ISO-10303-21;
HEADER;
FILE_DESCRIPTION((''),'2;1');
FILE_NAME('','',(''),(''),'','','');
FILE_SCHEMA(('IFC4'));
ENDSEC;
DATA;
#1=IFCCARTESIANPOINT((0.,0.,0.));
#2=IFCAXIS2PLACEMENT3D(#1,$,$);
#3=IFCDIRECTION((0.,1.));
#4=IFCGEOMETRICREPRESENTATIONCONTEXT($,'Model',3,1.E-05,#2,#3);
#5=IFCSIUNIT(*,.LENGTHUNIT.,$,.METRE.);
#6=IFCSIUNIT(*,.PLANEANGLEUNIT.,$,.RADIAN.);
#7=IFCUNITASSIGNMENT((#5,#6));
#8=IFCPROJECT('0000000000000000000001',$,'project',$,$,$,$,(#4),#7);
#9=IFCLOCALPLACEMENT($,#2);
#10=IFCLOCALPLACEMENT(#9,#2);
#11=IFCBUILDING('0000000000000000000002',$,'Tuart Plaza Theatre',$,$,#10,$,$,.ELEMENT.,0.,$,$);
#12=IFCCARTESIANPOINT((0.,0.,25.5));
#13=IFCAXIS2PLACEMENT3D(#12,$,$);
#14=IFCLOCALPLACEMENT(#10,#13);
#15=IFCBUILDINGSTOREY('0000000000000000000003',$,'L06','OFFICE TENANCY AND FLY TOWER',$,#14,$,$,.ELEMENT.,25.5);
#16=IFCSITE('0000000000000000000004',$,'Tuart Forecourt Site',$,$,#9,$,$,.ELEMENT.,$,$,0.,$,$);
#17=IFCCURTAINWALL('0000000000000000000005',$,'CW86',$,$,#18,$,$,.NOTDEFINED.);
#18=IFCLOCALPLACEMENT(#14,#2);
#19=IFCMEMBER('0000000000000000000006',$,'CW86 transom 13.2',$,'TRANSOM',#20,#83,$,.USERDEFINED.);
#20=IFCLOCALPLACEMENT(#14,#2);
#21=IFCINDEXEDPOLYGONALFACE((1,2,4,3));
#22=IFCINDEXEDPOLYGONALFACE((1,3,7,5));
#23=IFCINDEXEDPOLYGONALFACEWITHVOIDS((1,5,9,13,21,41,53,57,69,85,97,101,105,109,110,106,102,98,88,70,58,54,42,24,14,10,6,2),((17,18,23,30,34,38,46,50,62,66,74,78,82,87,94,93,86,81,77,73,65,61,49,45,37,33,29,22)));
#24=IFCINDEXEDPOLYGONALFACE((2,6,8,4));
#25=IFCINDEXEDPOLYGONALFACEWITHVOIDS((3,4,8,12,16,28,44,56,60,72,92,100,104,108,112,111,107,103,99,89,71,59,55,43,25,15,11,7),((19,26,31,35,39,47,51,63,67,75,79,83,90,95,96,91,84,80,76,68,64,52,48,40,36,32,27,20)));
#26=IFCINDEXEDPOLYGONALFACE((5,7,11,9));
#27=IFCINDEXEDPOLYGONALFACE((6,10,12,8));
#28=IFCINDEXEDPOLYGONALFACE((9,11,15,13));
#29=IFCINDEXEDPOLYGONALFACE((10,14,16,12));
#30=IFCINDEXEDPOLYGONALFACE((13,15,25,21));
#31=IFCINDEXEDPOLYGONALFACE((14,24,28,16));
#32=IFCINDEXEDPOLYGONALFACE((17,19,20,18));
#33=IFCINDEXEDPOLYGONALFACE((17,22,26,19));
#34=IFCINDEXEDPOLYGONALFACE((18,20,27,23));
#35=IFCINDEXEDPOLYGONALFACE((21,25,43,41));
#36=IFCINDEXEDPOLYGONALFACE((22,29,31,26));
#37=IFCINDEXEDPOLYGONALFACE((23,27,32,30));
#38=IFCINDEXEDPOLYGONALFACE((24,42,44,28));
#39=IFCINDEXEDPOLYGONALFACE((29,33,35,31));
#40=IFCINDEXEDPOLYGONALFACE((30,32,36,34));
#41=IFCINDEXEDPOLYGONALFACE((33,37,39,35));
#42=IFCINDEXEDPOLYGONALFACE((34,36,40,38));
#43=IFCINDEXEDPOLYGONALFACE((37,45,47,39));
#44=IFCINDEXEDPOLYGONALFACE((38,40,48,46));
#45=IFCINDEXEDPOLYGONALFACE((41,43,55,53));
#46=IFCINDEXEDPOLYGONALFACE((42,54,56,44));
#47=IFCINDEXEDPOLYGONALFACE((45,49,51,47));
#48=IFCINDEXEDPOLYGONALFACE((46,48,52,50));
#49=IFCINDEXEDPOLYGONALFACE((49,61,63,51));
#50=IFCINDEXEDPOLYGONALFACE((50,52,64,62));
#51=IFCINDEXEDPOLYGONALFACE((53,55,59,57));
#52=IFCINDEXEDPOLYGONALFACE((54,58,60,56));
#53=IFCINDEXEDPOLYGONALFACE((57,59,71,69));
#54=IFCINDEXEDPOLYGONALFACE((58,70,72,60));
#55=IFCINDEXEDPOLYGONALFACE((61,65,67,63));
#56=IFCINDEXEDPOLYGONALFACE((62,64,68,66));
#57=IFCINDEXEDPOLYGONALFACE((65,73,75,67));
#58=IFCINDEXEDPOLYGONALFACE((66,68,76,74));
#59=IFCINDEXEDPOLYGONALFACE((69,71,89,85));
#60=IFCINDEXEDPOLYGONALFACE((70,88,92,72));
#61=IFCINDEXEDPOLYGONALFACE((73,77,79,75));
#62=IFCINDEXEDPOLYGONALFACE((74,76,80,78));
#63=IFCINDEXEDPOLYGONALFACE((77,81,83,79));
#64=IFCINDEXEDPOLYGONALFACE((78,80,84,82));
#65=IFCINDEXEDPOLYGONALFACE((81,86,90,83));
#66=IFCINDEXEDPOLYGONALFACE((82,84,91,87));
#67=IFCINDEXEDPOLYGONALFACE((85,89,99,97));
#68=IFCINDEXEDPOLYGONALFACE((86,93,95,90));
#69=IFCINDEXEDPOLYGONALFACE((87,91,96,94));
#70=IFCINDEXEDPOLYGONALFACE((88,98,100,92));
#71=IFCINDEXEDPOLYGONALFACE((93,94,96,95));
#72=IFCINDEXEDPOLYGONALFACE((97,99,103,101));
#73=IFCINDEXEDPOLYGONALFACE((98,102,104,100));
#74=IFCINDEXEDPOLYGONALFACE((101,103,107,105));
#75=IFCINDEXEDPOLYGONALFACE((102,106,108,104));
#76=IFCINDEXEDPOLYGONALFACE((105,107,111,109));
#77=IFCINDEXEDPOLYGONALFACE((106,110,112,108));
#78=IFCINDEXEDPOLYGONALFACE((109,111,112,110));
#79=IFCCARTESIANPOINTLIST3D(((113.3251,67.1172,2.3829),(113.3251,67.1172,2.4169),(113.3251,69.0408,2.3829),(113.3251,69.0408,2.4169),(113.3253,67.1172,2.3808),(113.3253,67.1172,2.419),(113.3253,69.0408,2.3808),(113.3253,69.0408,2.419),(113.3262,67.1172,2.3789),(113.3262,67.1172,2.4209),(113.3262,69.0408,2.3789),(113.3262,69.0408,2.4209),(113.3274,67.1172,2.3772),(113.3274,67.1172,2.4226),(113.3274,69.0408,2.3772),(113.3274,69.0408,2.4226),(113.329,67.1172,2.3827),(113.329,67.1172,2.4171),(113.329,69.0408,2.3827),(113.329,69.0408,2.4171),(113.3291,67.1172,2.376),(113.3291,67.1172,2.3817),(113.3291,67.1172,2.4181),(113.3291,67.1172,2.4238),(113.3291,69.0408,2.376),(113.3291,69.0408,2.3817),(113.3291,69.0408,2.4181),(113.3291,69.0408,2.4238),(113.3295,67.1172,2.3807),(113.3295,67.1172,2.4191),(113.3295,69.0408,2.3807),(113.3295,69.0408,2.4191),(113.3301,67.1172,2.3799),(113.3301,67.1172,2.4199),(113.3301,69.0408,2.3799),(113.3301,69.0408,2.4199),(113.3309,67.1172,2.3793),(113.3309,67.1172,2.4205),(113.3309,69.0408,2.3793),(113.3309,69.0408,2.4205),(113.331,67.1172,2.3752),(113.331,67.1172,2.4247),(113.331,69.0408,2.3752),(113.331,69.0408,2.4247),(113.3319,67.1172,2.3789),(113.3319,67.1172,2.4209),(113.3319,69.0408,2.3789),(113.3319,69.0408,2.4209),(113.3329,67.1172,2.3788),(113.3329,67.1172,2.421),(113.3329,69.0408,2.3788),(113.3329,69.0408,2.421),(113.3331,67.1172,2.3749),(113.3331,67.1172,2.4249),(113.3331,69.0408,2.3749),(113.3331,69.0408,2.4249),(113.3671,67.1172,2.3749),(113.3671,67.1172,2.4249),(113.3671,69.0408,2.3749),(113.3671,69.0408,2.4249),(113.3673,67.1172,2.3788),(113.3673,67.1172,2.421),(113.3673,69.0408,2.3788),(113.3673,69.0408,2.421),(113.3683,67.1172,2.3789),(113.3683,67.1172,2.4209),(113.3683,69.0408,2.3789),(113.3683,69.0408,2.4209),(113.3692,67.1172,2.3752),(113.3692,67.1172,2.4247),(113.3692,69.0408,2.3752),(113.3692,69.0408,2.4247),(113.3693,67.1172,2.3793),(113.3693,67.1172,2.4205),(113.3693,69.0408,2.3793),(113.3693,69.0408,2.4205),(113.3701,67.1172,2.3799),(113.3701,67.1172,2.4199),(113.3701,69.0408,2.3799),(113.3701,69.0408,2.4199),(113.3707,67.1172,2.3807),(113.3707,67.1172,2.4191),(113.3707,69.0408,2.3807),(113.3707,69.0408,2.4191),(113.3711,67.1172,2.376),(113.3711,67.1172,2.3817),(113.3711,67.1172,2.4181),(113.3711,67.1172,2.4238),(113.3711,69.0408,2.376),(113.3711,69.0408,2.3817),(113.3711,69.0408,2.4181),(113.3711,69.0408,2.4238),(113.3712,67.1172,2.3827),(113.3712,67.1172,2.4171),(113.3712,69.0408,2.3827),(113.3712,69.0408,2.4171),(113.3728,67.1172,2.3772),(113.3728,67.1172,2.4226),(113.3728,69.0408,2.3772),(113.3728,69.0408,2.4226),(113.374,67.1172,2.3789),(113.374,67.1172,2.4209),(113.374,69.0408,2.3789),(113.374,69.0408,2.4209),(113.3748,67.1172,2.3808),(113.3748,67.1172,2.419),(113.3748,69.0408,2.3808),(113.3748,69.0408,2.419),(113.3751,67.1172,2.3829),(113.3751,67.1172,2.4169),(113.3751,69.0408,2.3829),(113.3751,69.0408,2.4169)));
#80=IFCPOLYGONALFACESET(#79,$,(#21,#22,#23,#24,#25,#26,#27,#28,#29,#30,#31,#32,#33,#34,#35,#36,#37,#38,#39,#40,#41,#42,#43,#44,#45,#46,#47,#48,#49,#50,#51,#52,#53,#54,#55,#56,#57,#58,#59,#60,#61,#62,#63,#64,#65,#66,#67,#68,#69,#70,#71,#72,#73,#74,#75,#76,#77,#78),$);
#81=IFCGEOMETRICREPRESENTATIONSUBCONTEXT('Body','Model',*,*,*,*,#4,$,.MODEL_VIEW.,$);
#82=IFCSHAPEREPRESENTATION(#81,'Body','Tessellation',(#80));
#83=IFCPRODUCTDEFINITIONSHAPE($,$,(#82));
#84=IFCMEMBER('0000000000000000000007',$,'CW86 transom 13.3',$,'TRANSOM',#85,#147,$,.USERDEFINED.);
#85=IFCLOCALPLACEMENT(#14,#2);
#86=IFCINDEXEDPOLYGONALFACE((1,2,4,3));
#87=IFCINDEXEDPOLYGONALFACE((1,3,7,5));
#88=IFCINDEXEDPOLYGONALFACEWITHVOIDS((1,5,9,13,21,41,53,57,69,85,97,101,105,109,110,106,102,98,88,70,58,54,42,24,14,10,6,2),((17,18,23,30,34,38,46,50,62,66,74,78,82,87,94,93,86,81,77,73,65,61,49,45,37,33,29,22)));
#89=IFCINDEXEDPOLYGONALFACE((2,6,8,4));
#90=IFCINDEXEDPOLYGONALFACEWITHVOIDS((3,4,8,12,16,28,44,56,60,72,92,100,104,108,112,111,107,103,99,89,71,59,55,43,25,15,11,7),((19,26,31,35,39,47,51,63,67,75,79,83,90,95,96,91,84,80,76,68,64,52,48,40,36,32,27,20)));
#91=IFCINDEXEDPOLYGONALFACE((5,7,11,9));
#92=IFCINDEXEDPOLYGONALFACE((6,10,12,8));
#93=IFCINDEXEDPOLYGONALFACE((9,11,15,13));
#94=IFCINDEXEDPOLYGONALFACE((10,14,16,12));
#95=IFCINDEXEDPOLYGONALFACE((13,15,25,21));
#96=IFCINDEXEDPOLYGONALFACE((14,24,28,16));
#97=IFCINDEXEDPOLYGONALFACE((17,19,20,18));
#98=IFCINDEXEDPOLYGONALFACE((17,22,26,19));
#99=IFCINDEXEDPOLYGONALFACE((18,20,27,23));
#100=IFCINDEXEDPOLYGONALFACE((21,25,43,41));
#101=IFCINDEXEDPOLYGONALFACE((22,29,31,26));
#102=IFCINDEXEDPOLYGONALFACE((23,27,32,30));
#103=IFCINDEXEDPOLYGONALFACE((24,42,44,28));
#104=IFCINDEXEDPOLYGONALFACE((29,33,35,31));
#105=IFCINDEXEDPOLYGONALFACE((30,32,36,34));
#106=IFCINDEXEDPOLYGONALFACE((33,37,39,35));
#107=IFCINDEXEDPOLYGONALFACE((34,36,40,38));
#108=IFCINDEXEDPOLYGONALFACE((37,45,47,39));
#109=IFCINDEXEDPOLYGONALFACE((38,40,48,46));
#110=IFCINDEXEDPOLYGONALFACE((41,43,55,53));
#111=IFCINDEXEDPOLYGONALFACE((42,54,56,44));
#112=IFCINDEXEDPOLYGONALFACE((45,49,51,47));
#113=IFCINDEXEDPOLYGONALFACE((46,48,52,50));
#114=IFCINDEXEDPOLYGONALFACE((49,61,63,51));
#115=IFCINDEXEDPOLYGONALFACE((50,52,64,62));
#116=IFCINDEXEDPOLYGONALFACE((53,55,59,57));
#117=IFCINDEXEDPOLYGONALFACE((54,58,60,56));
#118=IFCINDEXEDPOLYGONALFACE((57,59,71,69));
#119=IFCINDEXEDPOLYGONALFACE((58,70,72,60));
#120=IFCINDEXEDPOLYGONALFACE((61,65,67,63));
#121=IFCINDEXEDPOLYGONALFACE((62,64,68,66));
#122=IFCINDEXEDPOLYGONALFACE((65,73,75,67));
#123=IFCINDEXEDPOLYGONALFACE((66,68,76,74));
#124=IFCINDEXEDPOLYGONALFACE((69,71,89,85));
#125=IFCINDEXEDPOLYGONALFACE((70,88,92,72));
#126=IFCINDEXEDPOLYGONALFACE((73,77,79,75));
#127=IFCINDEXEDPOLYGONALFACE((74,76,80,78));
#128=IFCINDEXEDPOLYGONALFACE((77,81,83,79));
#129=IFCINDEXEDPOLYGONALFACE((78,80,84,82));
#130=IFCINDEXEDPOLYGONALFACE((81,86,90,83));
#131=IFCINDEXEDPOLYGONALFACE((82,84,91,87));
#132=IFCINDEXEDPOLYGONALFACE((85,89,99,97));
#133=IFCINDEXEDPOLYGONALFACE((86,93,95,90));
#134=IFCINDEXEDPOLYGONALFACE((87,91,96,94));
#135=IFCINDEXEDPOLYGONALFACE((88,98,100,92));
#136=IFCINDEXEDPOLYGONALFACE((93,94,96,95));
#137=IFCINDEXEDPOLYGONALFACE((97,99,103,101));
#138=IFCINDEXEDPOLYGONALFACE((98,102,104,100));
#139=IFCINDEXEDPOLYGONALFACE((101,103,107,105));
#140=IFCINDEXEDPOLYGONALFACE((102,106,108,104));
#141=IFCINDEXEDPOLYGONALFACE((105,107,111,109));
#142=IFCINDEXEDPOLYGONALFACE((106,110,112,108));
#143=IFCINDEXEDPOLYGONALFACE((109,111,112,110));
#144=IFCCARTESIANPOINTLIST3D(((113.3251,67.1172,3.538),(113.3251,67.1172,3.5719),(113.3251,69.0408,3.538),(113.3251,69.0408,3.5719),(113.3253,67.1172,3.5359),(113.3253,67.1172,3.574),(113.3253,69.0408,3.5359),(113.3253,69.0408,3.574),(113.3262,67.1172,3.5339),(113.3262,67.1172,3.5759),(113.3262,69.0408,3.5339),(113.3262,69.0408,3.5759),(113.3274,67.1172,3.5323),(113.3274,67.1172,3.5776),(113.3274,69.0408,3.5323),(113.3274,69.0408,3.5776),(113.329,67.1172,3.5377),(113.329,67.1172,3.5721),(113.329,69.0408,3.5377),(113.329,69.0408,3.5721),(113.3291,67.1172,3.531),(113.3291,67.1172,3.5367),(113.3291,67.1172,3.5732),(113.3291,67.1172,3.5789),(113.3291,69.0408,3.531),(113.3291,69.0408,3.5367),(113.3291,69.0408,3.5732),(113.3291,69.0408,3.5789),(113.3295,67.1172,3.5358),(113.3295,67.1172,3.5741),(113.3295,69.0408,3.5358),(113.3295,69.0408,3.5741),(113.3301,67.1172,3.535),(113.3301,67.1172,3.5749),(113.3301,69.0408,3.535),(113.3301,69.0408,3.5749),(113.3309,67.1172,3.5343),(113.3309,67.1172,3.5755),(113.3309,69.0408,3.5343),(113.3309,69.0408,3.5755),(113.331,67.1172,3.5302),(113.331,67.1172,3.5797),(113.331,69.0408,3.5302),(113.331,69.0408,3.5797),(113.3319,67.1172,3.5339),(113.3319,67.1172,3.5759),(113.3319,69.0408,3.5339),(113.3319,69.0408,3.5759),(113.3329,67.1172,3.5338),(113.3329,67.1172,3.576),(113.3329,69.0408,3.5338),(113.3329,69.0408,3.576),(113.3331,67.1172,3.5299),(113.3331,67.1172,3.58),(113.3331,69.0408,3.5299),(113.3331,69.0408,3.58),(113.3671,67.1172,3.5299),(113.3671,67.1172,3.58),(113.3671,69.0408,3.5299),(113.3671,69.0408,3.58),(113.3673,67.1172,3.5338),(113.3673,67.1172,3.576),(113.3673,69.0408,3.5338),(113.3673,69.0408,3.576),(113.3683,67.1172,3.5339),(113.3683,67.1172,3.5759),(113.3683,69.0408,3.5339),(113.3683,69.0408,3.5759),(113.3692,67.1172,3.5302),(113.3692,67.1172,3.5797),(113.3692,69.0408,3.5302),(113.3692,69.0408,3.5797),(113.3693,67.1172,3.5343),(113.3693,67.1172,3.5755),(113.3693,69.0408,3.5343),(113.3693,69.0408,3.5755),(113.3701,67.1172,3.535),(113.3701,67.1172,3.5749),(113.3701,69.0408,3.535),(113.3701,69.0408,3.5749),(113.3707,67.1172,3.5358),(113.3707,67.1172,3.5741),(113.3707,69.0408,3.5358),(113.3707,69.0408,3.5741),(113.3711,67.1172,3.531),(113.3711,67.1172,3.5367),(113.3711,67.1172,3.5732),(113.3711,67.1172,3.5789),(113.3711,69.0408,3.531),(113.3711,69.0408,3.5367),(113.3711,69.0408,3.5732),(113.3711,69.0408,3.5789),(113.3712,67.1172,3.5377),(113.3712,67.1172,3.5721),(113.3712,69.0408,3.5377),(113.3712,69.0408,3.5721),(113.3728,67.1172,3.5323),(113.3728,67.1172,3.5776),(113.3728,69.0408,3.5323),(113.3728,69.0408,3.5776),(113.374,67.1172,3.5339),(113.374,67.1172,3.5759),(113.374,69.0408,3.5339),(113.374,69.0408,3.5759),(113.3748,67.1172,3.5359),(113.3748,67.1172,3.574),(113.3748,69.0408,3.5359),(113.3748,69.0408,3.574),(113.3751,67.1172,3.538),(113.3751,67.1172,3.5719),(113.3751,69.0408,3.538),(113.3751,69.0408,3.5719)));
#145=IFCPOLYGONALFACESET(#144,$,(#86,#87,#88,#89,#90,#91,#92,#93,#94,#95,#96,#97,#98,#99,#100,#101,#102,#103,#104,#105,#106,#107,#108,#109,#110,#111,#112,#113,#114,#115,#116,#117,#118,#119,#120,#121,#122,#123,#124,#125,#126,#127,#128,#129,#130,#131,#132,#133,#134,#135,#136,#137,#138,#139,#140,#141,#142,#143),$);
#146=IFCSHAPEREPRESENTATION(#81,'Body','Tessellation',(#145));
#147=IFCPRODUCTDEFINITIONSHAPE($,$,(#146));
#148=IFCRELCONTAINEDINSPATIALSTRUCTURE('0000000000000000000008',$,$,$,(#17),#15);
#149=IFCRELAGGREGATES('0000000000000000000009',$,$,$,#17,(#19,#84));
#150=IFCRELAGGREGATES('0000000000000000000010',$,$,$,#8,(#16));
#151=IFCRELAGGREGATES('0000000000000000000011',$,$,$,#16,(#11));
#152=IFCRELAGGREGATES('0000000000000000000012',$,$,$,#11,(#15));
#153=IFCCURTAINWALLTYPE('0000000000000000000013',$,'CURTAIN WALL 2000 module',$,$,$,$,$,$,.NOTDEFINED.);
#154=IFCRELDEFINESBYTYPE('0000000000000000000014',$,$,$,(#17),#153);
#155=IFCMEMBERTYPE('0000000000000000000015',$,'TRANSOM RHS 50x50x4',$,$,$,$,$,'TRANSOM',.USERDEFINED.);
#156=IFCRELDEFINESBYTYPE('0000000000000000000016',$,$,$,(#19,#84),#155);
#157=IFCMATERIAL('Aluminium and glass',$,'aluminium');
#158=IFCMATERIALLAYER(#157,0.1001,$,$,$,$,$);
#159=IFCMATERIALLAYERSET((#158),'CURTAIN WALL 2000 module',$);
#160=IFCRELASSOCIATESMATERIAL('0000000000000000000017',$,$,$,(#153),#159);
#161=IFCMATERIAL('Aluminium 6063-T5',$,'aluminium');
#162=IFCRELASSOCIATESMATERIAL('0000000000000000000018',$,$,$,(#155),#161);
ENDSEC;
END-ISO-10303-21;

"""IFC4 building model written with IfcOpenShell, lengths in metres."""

from ifc_helpers import new_model, si_unit, direction, frame, origin, origin_2d, place, context, subcontext, project, spatial, hollow_rectangle, extrude, material, layer, layer_set, material_profile, profile_set, type_object, element, aggregate, save


model = new_model("IFC4")

# Units and contexts
model_context = context("Model", 3, precision=1e-05, world=origin(), true_north=direction((0.0, 1.0)))
body_context = subcontext(model_context, "Body", "Model", "MODEL_VIEW")
ifc_project = project(units=[si_unit("LENGTHUNIT", "METRE"), si_unit("PLANEANGLEUNIT", "RADIAN")], contexts=[model_context])

# Site, building, storey
site_placement = place(None, origin())
site = spatial("IfcSite", under=ifc_project, at=site_placement, Name="Tuart Forecourt Site", CompositionType="ELEMENT", RefElevation=0.0)
building_placement = place(site_placement, origin())
building = spatial("IfcBuilding", under=site, at=building_placement, Name="Tuart Plaza Theatre", CompositionType="ELEMENT", ElevationOfRefHeight=0.0)
storey_placement = place(building_placement, frame((0.0, 0.0, 25.5)))
storey = spatial("IfcBuildingStorey", under=building, at=storey_placement, Name="L06", Description="OFFICE TENANCY AND FLY TOWER", CompositionType="ELEMENT", Elevation=25.5)

# Curtain wall, members
ifc_material_1 = material(Name="Aluminium and glass", Category="aluminium")
ifc_layer_1 = layer(ifc_material_1, 0.1001)
ifc_layer_set_1 = layer_set([ifc_layer_1], Name="CURTAIN WALL 2000 module")
curtain_wall_type = type_object("IfcCurtainWallType", Name="CURTAIN WALL 2000 module", PredefinedType="NOTDEFINED", material=ifc_layer_set_1)
curtain_wall_placement = place(storey_placement, origin())
curtain_wall = element("IfcCurtainWall", 1, at=curtain_wall_placement, inside=storey, type_object=curtain_wall_type, Name="CW86", PredefinedType="NOTDEFINED")
ifc_material_2 = material(Name="Aluminium 6063-T5", Category="aluminium")
ifc_material_profile_1 = material_profile(ifc_material_2, hollow_rectangle(XDim=0.05, YDim=0.05, WallThickness=0.0039, InnerFilletRadius=0.0039, OuterFilletRadius=0.0081, at=origin_2d()), Name="RHS 50x50x4")
ifc_profile_set_1 = profile_set([ifc_material_profile_1], Name="Aluminium 6063-T5")
member_type = type_object("IfcMemberType", Name="TRANSOM RHS 50x50x4", ElementType="TRANSOM", PredefinedType="USERDEFINED", material=ifc_profile_set_1)
member_1_placement = place(storey_placement, frame((113.3501, 69.0408, 2.3999), z_axis=(0.0, -1.0, 0.0), x_axis=(1.0, 0.0, 0.0)))
member_1 = element("IfcMember", 2, at=member_1_placement, type_object=member_type, Name="CW86 transom 13.2", ObjectType="TRANSOM", PredefinedType="USERDEFINED", context=body_context, shape_type="SweptSolid", body=[
    extrude(hollow_rectangle(XDim=0.05, YDim=0.05, WallThickness=0.0039, InnerFilletRadius=0.0039, OuterFilletRadius=0.0081, at=origin_2d()), origin(), (0.0, 0.0, 1.0), 1.9236),
])
member_2_placement = place(storey_placement, frame((113.3501, 69.0408, 3.5549), z_axis=(0.0, -1.0, 0.0), x_axis=(1.0, 0.0, 0.0)))
member_2 = element("IfcMember", 3, at=member_2_placement, type_object=member_type, Name="CW86 transom 13.3", ObjectType="TRANSOM", PredefinedType="USERDEFINED", context=body_context, shape_type="SweptSolid", body=[
    extrude(hollow_rectangle(XDim=0.05, YDim=0.05, WallThickness=0.0039, InnerFilletRadius=0.0039, OuterFilletRadius=0.0081, at=origin_2d()), origin(), (0.0, 0.0, 1.0), 1.9236),
])
aggregate(curtain_wall, [member_1, member_2])

save(model, "model.ifc")
